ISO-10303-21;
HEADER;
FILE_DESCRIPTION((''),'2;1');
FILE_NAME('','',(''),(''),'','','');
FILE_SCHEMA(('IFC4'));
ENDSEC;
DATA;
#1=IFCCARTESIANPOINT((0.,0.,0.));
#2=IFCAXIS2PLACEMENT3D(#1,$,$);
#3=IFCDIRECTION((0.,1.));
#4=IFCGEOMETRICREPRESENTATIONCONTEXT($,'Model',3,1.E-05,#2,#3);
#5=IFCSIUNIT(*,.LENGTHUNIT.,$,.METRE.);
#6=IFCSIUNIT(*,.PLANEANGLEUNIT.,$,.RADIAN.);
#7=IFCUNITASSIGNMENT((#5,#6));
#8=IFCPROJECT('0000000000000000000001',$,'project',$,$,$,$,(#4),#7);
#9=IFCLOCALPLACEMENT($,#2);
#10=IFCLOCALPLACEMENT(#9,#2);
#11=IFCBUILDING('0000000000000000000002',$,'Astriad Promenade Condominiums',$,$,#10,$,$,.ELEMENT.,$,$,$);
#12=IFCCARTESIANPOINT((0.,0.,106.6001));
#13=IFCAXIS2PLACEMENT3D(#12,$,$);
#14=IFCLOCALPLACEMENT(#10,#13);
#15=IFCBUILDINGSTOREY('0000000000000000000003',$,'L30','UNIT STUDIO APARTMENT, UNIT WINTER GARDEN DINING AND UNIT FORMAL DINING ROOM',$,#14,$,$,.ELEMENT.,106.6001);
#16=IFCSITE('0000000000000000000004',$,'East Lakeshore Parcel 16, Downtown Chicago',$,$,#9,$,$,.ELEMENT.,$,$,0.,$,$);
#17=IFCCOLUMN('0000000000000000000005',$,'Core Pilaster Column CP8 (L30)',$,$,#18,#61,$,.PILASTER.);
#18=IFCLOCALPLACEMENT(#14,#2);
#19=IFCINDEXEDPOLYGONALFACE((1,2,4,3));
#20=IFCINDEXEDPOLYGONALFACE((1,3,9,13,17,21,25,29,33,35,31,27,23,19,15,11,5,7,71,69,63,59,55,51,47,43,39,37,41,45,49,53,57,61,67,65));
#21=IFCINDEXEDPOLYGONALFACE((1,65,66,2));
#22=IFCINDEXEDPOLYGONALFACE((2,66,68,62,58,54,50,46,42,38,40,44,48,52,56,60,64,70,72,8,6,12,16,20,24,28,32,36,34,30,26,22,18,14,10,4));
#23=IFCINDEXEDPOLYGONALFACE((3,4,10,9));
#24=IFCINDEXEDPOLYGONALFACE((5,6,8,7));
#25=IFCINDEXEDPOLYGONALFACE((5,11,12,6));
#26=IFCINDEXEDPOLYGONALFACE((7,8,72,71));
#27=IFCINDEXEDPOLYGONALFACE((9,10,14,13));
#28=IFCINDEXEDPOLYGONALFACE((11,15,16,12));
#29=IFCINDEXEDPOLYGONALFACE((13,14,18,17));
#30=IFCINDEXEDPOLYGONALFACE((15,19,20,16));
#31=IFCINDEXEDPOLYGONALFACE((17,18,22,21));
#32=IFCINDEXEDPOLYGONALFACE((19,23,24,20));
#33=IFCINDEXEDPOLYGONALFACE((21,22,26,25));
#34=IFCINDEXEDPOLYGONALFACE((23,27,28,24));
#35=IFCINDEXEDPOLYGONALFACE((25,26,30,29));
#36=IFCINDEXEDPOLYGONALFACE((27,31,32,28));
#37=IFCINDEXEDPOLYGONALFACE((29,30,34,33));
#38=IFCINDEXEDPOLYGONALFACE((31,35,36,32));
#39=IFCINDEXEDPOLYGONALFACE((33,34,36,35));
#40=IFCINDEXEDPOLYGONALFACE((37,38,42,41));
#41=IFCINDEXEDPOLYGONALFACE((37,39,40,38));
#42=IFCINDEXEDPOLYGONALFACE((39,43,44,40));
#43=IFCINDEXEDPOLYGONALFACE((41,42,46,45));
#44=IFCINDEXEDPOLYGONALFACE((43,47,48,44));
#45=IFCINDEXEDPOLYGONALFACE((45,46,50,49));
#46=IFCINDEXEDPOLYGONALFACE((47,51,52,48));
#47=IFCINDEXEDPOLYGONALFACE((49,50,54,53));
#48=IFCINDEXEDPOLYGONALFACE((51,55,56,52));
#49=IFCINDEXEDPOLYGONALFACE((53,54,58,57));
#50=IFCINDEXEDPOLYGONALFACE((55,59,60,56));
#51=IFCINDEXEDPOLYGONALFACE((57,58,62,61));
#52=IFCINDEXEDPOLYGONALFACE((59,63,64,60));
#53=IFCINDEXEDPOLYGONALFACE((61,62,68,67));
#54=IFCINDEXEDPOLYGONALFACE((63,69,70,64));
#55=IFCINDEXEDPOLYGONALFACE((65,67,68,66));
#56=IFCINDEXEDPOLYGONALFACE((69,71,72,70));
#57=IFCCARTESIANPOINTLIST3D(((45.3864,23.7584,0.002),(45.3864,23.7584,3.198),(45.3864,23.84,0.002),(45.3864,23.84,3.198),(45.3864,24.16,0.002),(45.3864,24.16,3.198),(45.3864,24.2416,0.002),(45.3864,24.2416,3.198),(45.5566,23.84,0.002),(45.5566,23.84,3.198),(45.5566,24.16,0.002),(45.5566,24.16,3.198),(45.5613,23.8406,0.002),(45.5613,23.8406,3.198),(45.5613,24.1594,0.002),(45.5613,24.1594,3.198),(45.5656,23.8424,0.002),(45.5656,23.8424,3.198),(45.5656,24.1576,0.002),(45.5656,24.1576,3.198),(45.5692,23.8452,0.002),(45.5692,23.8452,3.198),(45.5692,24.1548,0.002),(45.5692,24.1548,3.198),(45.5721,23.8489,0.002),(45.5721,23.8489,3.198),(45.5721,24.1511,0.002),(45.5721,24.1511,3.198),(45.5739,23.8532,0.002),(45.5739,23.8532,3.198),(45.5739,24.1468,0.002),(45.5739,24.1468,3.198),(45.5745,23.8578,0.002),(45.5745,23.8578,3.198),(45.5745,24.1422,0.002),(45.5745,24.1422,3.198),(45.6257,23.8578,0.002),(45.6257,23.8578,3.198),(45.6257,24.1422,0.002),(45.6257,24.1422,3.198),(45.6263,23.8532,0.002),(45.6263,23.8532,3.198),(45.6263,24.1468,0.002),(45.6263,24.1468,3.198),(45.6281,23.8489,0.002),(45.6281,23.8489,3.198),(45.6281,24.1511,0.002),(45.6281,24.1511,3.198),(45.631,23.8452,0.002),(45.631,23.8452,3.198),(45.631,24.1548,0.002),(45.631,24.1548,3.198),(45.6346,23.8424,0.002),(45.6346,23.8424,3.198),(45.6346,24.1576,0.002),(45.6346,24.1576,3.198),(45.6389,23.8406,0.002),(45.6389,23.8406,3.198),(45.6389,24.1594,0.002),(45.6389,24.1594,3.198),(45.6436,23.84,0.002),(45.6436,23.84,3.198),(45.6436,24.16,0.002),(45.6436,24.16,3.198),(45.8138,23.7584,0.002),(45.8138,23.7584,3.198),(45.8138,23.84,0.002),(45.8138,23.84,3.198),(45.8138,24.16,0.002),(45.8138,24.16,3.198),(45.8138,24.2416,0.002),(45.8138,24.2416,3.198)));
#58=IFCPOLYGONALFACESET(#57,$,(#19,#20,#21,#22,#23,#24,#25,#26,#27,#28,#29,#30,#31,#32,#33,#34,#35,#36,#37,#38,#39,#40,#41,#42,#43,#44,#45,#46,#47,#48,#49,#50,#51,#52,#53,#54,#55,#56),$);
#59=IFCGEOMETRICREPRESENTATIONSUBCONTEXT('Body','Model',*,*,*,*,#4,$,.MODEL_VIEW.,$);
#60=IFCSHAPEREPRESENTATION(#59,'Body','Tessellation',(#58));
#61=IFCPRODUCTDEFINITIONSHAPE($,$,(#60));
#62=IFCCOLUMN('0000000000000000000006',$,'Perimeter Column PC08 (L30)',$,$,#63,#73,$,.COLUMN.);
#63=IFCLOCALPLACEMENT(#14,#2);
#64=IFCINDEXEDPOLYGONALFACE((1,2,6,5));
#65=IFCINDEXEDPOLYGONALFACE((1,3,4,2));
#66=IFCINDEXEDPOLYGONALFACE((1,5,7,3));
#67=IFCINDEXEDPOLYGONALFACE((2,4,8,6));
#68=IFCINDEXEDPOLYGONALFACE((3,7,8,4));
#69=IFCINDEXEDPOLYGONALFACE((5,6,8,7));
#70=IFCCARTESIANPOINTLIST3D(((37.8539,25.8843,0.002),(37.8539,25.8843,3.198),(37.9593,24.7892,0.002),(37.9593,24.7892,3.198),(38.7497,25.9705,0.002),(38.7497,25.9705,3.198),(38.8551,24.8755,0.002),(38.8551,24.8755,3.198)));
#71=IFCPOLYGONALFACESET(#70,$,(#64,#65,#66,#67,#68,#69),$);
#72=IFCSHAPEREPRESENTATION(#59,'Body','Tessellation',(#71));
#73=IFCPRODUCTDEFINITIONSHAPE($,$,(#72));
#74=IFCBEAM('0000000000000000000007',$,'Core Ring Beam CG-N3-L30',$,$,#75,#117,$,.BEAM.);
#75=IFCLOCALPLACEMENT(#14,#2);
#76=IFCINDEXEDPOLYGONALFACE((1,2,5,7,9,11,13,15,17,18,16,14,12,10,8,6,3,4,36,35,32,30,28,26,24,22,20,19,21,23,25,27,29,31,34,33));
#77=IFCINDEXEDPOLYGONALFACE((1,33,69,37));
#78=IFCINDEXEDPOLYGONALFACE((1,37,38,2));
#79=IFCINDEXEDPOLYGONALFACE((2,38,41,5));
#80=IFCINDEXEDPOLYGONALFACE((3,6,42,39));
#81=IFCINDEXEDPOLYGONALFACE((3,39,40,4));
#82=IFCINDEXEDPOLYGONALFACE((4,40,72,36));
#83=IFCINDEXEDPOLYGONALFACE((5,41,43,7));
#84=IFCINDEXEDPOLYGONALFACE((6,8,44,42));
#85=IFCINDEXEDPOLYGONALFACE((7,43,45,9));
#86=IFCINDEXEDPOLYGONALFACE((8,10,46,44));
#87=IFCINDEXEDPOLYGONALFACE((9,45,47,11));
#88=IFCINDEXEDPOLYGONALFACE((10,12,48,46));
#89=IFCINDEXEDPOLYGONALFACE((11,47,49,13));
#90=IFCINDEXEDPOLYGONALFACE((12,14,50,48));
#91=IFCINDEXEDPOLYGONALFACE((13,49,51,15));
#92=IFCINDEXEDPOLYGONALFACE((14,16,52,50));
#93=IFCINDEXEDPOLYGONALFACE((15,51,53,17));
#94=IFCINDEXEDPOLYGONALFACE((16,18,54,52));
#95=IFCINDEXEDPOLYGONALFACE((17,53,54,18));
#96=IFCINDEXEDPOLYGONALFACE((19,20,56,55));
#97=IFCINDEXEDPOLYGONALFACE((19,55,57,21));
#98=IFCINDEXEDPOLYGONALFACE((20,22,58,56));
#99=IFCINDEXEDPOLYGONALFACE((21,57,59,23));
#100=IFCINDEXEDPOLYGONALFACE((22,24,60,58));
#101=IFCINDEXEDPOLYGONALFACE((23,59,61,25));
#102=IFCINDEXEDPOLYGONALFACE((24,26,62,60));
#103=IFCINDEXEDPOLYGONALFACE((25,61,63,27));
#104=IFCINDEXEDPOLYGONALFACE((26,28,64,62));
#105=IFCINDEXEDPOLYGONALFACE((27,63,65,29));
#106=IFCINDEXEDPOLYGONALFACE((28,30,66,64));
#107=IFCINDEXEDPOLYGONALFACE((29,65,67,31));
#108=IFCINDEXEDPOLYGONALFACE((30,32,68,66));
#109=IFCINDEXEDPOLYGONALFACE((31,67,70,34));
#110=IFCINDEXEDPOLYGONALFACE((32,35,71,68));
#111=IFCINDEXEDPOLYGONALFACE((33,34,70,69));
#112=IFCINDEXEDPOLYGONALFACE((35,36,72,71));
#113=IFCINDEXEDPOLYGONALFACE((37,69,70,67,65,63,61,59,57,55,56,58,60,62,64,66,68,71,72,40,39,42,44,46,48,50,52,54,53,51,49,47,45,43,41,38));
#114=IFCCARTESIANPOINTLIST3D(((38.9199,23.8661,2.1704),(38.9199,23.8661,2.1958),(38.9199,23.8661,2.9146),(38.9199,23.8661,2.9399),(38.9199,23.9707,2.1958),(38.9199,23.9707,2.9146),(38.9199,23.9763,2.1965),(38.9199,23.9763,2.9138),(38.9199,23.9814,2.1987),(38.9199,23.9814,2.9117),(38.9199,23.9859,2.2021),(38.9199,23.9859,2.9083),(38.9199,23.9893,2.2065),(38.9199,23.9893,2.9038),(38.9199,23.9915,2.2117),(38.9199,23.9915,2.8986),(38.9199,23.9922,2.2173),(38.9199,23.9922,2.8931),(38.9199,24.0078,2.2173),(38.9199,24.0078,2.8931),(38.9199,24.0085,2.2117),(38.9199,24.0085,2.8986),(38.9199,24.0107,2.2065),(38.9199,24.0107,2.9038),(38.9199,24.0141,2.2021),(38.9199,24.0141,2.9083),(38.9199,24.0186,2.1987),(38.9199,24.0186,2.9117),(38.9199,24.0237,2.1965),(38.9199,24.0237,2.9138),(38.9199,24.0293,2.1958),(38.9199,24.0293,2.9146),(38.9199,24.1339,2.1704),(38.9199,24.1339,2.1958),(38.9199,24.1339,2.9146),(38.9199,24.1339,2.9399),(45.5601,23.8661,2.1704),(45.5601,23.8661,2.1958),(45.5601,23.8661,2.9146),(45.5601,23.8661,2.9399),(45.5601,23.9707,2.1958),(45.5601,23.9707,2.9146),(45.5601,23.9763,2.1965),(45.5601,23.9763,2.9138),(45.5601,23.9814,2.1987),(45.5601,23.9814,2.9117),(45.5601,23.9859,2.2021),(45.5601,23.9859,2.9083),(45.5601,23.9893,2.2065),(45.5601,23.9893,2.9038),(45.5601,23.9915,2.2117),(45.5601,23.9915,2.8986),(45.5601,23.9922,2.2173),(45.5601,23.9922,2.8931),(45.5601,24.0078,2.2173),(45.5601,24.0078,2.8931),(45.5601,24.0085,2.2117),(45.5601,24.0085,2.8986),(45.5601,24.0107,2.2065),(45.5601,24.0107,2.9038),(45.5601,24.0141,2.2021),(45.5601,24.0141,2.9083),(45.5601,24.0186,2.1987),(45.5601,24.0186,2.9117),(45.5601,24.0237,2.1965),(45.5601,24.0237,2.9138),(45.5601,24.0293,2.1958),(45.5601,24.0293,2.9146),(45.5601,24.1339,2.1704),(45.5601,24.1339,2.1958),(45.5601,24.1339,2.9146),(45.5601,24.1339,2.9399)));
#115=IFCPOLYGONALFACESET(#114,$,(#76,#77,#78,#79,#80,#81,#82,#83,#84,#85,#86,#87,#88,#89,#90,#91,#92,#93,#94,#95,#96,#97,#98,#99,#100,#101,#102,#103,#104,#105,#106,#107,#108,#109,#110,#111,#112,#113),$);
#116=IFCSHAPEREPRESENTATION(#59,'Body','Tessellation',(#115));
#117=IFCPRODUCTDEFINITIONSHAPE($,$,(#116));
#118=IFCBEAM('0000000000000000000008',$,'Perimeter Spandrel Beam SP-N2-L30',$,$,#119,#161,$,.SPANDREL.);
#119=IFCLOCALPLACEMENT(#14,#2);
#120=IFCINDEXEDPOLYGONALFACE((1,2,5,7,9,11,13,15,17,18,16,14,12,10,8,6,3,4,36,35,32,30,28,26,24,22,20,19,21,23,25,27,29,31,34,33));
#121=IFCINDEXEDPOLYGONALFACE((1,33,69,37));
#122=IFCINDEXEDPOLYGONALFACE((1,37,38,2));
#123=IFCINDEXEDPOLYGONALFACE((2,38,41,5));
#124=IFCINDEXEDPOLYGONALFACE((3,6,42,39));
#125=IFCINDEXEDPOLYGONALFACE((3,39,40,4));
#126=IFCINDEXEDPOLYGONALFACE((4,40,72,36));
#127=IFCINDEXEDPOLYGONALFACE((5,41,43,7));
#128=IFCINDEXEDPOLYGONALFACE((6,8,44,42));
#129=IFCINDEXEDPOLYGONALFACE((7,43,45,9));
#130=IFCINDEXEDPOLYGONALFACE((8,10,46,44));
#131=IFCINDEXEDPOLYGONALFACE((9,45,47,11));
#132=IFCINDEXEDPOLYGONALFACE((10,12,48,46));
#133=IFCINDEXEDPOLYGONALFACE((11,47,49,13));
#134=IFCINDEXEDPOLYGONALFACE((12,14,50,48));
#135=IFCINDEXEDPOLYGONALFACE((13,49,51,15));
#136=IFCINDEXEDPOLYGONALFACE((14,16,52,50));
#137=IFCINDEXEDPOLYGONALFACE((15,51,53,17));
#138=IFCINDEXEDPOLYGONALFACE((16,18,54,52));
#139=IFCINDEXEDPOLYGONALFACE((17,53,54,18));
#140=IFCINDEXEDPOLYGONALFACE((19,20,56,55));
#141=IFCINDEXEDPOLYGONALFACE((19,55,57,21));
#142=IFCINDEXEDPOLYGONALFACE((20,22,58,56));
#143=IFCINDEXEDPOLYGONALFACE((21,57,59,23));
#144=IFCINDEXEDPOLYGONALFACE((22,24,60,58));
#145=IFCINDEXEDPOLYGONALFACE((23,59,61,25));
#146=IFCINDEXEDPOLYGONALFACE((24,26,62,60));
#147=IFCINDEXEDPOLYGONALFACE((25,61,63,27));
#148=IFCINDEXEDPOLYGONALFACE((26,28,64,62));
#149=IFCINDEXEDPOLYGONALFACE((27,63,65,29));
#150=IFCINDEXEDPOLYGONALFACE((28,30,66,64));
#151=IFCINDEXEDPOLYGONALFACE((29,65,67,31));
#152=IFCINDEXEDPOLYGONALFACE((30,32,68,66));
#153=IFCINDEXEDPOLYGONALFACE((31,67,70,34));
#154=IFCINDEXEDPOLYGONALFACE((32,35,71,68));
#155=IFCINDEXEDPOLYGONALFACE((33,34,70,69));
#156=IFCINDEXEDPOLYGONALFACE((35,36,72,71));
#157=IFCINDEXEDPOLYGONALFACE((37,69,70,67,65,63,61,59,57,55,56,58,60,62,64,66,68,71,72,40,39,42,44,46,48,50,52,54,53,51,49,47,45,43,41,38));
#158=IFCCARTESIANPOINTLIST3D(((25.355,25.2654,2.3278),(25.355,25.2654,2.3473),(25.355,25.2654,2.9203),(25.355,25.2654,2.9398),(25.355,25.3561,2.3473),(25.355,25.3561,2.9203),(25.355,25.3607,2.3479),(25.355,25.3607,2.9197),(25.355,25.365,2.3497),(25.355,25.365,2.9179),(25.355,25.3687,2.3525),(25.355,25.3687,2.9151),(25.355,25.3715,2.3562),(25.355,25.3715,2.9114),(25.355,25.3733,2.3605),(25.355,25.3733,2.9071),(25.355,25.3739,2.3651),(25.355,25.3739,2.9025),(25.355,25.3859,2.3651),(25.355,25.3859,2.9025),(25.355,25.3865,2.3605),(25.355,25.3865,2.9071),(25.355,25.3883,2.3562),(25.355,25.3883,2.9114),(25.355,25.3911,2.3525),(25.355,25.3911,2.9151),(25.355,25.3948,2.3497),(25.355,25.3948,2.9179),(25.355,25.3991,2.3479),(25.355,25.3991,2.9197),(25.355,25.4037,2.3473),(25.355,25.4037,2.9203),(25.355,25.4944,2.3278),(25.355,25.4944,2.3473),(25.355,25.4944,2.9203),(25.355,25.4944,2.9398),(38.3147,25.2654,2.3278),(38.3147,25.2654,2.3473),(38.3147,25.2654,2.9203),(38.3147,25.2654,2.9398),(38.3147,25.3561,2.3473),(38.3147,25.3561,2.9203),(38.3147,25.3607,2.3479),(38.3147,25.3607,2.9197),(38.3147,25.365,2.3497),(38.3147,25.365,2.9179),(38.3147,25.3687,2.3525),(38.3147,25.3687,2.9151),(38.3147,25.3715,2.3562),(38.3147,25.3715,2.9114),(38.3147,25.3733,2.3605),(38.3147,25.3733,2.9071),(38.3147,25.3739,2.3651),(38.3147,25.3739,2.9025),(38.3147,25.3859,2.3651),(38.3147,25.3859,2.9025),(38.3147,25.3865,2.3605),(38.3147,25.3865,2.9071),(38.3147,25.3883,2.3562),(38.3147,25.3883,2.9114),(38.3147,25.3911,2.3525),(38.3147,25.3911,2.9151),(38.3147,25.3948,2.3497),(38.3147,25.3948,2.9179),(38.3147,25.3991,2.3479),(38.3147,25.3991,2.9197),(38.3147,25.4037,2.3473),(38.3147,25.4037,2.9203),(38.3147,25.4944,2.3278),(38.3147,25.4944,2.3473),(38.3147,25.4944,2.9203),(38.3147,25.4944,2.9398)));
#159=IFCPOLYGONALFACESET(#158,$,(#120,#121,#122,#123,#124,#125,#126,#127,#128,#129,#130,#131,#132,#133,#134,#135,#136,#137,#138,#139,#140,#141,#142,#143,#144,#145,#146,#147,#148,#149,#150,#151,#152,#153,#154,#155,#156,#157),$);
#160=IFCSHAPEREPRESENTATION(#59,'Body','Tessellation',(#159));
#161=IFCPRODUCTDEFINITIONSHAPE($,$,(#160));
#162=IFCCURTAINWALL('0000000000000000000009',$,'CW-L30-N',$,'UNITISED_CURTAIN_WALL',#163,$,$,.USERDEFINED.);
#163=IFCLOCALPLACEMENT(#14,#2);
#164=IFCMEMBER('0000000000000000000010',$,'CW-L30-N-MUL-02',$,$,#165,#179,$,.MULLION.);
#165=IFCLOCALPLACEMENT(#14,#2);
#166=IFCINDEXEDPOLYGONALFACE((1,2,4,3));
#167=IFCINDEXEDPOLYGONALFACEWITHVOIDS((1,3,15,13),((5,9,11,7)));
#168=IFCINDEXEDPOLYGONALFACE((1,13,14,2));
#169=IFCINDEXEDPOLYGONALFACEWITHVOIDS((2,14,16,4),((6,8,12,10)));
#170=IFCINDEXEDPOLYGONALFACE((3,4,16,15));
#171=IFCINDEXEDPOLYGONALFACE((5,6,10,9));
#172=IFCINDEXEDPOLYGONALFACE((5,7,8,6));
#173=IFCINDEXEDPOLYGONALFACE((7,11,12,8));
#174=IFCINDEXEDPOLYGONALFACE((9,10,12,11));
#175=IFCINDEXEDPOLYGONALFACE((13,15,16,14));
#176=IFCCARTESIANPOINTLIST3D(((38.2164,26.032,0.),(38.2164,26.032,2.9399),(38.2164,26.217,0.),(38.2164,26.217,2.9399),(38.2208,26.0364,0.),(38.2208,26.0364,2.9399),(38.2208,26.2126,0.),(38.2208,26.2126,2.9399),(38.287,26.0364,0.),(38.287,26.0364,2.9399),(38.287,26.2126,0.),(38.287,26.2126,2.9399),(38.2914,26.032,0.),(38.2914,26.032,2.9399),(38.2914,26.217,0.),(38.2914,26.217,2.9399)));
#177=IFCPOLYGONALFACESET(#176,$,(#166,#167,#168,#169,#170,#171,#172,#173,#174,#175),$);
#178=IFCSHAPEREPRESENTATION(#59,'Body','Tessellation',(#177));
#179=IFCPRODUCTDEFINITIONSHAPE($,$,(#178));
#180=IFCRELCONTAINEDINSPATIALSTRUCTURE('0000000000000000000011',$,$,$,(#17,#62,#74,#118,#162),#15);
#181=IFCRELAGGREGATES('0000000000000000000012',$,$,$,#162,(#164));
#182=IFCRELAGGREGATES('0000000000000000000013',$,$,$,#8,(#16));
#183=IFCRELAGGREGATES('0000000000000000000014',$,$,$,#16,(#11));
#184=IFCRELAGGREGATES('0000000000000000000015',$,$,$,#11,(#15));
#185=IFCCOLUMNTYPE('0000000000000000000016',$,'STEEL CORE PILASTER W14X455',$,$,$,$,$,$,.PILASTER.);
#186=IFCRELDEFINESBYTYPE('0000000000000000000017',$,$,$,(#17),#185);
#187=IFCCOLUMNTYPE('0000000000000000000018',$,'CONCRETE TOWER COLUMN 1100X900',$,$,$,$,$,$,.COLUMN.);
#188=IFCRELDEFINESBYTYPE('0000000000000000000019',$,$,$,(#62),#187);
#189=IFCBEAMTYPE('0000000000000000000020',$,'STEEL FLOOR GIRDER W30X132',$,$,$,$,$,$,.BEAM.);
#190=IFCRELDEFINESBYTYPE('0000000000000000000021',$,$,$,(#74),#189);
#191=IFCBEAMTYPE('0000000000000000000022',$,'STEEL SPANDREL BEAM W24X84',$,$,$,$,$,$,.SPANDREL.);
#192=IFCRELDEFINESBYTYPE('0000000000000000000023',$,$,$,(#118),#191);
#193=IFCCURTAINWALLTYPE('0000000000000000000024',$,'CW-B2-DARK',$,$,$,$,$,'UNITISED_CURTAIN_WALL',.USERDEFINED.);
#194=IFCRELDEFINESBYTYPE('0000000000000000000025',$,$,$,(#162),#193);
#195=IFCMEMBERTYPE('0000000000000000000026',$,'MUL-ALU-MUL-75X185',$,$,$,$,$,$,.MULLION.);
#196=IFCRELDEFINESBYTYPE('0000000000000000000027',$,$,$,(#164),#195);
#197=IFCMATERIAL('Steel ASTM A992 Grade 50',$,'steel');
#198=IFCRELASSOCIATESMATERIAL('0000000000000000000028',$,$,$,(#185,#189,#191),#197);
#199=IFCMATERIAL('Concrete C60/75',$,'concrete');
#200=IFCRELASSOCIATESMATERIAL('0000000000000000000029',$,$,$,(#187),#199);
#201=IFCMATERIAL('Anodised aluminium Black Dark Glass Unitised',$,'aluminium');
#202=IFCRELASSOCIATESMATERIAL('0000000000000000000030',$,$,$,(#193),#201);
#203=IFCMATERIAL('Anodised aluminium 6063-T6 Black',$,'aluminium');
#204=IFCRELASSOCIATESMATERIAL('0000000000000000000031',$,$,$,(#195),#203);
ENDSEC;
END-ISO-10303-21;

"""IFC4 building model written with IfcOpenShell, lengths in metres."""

from ifc_helpers import new_model, si_unit, direction, frame, origin, origin_2d, place, context, subcontext, project, spatial, rectangle, hollow_rectangle, i_section, extrude, source, transform, mapped, material, material_profile, profile_set, type_object, type_shapes, element, aggregate, save


model = new_model("IFC4")

# Units and contexts
model_context = context("Model", 3, precision=1e-05, world=origin(), true_north=direction((0.0, 1.0)))
body_context = subcontext(model_context, "Body", "Model", "MODEL_VIEW")
ifc_project = project(units=[si_unit("LENGTHUNIT", "METRE"), si_unit("PLANEANGLEUNIT", "RADIAN")], contexts=[model_context])

# Site, building, storey
site_placement = place(None, origin())
site = spatial("IfcSite", under=ifc_project, at=site_placement, Name="East Lakeshore Parcel 16, Downtown Chicago", CompositionType="ELEMENT", RefElevation=0.0)
building_placement = place(site_placement, origin())
building = spatial("IfcBuilding", under=site, at=building_placement, Name="Astriad Promenade Condominiums", CompositionType="ELEMENT")
storey_placement = place(building_placement, frame((0.0, 0.0, 106.6001)))
storey = spatial("IfcBuildingStorey", under=building, at=storey_placement, Name="L30", Description="UNIT STUDIO APARTMENT, UNIT WINTER GARDEN DINING AND UNIT FORMAL DINING ROOM", CompositionType="ELEMENT", Elevation=106.6001)

# Columns
ifc_material_1 = material(Name="Steel ASTM A992 Grade 50", Category="steel")
ifc_material_profile_1 = material_profile(ifc_material_1, i_section(OverallWidth=0.4275, OverallDepth=0.4832, WebThickness=0.0513, FlangeThickness=0.0815, FilletRadius=0.0178, at=origin_2d()), Name="W14X455")
ifc_profile_set_1 = profile_set([ifc_material_profile_1], Name="Steel ASTM A992 Grade 50")
column_type_1 = type_object("IfcColumnType", Name="STEEL CORE PILASTER W14X455", PredefinedType="PILASTER", material=ifc_profile_set_1)
shared_shape_1 = source(origin(), body_context, "Body", "SweptSolid", [
    extrude(i_section(OverallWidth=0.4275, OverallDepth=0.4832, WebThickness=0.0513, FlangeThickness=0.0815, FilletRadius=0.0178, at=origin_2d()), origin(), (0.0, 0.0, 1.0), 3.196),
])
type_shapes(column_type_1, [shared_shape_1])
column_1_placement = place(storey_placement, frame((45.6001, 24.0, 0.002), z_axis=(0.0, 0.0, 1.0), x_axis=(1.0, 0.0, 0.0)))
element("IfcColumn", 1, at=column_1_placement, inside=storey, type_object=column_type_1, Name="Core Pilaster Column CP8 (L30)", PredefinedType="PILASTER", context=body_context, shape_type="MappedRepresentation", body=[
    mapped(shared_shape_1, transform((0.0, 0.0, 0.0), scale=1.0)),
])
ifc_material_2 = material(Name="Concrete C60/75", Category="concrete")
ifc_material_profile_2 = material_profile(ifc_material_2, rectangle(XDim=0.8999, YDim=1.1001, at=origin_2d()), Name="RC-COL-1100X900")
ifc_profile_set_2 = profile_set([ifc_material_profile_2], Name="Concrete C60/75")
column_type_2 = type_object("IfcColumnType", Name="CONCRETE TOWER COLUMN 1100X900", PredefinedType="COLUMN", material=ifc_profile_set_2)
shared_shape_2 = source(origin(), body_context, "Body", "SweptSolid", [
    extrude(rectangle(XDim=0.8999, YDim=1.1001, at=origin_2d()), origin(), (0.0, 0.0, 1.0), 3.196),
])
type_shapes(column_type_2, [shared_shape_2])
column_2_placement = place(storey_placement, frame((38.3545, 25.3799, 0.002), z_axis=(0.0, 0.0, 1.0), x_axis=(0.995396, 0.095846, 0.0)))
element("IfcColumn", 2, at=column_2_placement, inside=storey, type_object=column_type_2, Name="Perimeter Column PC08 (L30)", PredefinedType="COLUMN", context=body_context, shape_type="MappedRepresentation", body=[
    mapped(shared_shape_2, transform((0.0, 0.0, 0.0), scale=1.0)),
])

# Beams
ifc_material_profile_3 = material_profile(ifc_material_1, i_section(OverallWidth=0.2678, OverallDepth=0.7695, WebThickness=0.0156, FlangeThickness=0.0254, FilletRadius=0.0215, at=origin_2d()), Name="W30X132")
ifc_profile_set_3 = profile_set([ifc_material_profile_3], Name="Steel ASTM A992 Grade 50")
beam_type_1 = type_object("IfcBeamType", Name="STEEL FLOOR GIRDER W30X132", PredefinedType="BEAM", material=ifc_profile_set_3)
shared_shape_3 = source(origin(), body_context, "Body", "SweptSolid", [
    extrude(i_section(OverallWidth=0.2678, OverallDepth=0.7695, WebThickness=0.0156, FlangeThickness=0.0254, FilletRadius=0.0215, at=origin_2d()), origin(), (0.0, 0.0, 1.0), 6.6401),
])
type_shapes(beam_type_1, [shared_shape_3])
beam_1_placement = place(storey_placement, frame((38.9199, 24.0, 2.5552), z_axis=(1.0, 0.0, 0.0), x_axis=(0.0, 1.0, 0.0)))
element("IfcBeam", 3, at=beam_1_placement, inside=storey, type_object=beam_type_1, Name="Core Ring Beam CG-N3-L30", PredefinedType="BEAM", context=body_context, shape_type="MappedRepresentation", body=[
    mapped(shared_shape_3, transform((0.0, 0.0, 0.0), scale=1.0)),
])
ifc_material_profile_4 = material_profile(ifc_material_1, i_section(OverallWidth=0.229, OverallDepth=0.6121, WebThickness=0.012, FlangeThickness=0.0195, FilletRadius=0.0178, at=origin_2d()), Name="W24X84")
ifc_profile_set_4 = profile_set([ifc_material_profile_4], Name="Steel ASTM A992 Grade 50")
beam_type_2 = type_object("IfcBeamType", Name="STEEL SPANDREL BEAM W24X84", PredefinedType="SPANDREL", material=ifc_profile_set_4)
shared_shape_4 = source(origin(), body_context, "Body", "SweptSolid", [
    extrude(i_section(OverallWidth=0.229, OverallDepth=0.6121, WebThickness=0.012, FlangeThickness=0.0195, FilletRadius=0.0178, at=origin_2d()), origin(), (0.0, 0.0, 1.0), 12.9597),
])
type_shapes(beam_type_2, [shared_shape_4])
beam_2_placement = place(storey_placement, frame((38.3147, 25.3799, 2.6338), z_axis=(-1.0, 0.0, 0.0), x_axis=(0.0, -1.0, 0.0)))
element("IfcBeam", 4, at=beam_2_placement, inside=storey, type_object=beam_type_2, Name="Perimeter Spandrel Beam SP-N2-L30", PredefinedType="SPANDREL", context=body_context, shape_type="MappedRepresentation", body=[
    mapped(shared_shape_4, transform((0.0, 0.0, 0.0), scale=1.0)),
])

# Curtain wall, member
ifc_material_3 = material(Name="Anodised aluminium Black Dark Glass Unitised", Category="aluminium")
curtain_wall_type = type_object("IfcCurtainWallType", Name="CW-B2-DARK", ElementType="UNITISED_CURTAIN_WALL", PredefinedType="USERDEFINED", material=ifc_material_3)
curtain_wall_placement = place(storey_placement, origin())
curtain_wall = element("IfcCurtainWall", 5, at=curtain_wall_placement, inside=storey, type_object=curtain_wall_type, Name="CW-L30-N", ObjectType="UNITISED_CURTAIN_WALL", PredefinedType="USERDEFINED")
ifc_material_4 = material(Name="Anodised aluminium 6063-T6 Black", Category="aluminium")
ifc_material_profile_5 = material_profile(ifc_material_4, hollow_rectangle(XDim=0.075, YDim=0.1851, WallThickness=0.0044, at=origin_2d()), Name="ALU-MUL-75X185")
ifc_profile_set_5 = profile_set([ifc_material_profile_5], Name="Anodised aluminium 6063-T6 Black")
member_type_1 = type_object("IfcMemberType", Name="MUL-ALU-MUL-75X185", PredefinedType="MULLION", material=ifc_profile_set_5)
shared_shape_5 = source(origin(), body_context, "Body", "SweptSolid", [
    extrude(hollow_rectangle(XDim=0.075, YDim=0.1851, WallThickness=0.0044, at=origin_2d()), origin(), (0.0, 0.0, 1.0), 2.9399),
])
type_shapes(member_type_1, [shared_shape_5])
member_1_placement = place(storey_placement, frame((38.2539, 26.1245, 0.0), z_axis=(0.0, 0.0, 1.0), x_axis=(1.0, 0.0, 0.0)))
member_1 = element("IfcMember", 6, at=member_1_placement, type_object=member_type_1, Name="CW-L30-N-MUL-02", PredefinedType="MULLION", context=body_context, shape_type="MappedRepresentation", body=[
    mapped(shared_shape_5, transform((0.0, 0.0, 0.0), scale=1.0)),
])
aggregate(curtain_wall, [member_1])

save(model, "model.ifc")
